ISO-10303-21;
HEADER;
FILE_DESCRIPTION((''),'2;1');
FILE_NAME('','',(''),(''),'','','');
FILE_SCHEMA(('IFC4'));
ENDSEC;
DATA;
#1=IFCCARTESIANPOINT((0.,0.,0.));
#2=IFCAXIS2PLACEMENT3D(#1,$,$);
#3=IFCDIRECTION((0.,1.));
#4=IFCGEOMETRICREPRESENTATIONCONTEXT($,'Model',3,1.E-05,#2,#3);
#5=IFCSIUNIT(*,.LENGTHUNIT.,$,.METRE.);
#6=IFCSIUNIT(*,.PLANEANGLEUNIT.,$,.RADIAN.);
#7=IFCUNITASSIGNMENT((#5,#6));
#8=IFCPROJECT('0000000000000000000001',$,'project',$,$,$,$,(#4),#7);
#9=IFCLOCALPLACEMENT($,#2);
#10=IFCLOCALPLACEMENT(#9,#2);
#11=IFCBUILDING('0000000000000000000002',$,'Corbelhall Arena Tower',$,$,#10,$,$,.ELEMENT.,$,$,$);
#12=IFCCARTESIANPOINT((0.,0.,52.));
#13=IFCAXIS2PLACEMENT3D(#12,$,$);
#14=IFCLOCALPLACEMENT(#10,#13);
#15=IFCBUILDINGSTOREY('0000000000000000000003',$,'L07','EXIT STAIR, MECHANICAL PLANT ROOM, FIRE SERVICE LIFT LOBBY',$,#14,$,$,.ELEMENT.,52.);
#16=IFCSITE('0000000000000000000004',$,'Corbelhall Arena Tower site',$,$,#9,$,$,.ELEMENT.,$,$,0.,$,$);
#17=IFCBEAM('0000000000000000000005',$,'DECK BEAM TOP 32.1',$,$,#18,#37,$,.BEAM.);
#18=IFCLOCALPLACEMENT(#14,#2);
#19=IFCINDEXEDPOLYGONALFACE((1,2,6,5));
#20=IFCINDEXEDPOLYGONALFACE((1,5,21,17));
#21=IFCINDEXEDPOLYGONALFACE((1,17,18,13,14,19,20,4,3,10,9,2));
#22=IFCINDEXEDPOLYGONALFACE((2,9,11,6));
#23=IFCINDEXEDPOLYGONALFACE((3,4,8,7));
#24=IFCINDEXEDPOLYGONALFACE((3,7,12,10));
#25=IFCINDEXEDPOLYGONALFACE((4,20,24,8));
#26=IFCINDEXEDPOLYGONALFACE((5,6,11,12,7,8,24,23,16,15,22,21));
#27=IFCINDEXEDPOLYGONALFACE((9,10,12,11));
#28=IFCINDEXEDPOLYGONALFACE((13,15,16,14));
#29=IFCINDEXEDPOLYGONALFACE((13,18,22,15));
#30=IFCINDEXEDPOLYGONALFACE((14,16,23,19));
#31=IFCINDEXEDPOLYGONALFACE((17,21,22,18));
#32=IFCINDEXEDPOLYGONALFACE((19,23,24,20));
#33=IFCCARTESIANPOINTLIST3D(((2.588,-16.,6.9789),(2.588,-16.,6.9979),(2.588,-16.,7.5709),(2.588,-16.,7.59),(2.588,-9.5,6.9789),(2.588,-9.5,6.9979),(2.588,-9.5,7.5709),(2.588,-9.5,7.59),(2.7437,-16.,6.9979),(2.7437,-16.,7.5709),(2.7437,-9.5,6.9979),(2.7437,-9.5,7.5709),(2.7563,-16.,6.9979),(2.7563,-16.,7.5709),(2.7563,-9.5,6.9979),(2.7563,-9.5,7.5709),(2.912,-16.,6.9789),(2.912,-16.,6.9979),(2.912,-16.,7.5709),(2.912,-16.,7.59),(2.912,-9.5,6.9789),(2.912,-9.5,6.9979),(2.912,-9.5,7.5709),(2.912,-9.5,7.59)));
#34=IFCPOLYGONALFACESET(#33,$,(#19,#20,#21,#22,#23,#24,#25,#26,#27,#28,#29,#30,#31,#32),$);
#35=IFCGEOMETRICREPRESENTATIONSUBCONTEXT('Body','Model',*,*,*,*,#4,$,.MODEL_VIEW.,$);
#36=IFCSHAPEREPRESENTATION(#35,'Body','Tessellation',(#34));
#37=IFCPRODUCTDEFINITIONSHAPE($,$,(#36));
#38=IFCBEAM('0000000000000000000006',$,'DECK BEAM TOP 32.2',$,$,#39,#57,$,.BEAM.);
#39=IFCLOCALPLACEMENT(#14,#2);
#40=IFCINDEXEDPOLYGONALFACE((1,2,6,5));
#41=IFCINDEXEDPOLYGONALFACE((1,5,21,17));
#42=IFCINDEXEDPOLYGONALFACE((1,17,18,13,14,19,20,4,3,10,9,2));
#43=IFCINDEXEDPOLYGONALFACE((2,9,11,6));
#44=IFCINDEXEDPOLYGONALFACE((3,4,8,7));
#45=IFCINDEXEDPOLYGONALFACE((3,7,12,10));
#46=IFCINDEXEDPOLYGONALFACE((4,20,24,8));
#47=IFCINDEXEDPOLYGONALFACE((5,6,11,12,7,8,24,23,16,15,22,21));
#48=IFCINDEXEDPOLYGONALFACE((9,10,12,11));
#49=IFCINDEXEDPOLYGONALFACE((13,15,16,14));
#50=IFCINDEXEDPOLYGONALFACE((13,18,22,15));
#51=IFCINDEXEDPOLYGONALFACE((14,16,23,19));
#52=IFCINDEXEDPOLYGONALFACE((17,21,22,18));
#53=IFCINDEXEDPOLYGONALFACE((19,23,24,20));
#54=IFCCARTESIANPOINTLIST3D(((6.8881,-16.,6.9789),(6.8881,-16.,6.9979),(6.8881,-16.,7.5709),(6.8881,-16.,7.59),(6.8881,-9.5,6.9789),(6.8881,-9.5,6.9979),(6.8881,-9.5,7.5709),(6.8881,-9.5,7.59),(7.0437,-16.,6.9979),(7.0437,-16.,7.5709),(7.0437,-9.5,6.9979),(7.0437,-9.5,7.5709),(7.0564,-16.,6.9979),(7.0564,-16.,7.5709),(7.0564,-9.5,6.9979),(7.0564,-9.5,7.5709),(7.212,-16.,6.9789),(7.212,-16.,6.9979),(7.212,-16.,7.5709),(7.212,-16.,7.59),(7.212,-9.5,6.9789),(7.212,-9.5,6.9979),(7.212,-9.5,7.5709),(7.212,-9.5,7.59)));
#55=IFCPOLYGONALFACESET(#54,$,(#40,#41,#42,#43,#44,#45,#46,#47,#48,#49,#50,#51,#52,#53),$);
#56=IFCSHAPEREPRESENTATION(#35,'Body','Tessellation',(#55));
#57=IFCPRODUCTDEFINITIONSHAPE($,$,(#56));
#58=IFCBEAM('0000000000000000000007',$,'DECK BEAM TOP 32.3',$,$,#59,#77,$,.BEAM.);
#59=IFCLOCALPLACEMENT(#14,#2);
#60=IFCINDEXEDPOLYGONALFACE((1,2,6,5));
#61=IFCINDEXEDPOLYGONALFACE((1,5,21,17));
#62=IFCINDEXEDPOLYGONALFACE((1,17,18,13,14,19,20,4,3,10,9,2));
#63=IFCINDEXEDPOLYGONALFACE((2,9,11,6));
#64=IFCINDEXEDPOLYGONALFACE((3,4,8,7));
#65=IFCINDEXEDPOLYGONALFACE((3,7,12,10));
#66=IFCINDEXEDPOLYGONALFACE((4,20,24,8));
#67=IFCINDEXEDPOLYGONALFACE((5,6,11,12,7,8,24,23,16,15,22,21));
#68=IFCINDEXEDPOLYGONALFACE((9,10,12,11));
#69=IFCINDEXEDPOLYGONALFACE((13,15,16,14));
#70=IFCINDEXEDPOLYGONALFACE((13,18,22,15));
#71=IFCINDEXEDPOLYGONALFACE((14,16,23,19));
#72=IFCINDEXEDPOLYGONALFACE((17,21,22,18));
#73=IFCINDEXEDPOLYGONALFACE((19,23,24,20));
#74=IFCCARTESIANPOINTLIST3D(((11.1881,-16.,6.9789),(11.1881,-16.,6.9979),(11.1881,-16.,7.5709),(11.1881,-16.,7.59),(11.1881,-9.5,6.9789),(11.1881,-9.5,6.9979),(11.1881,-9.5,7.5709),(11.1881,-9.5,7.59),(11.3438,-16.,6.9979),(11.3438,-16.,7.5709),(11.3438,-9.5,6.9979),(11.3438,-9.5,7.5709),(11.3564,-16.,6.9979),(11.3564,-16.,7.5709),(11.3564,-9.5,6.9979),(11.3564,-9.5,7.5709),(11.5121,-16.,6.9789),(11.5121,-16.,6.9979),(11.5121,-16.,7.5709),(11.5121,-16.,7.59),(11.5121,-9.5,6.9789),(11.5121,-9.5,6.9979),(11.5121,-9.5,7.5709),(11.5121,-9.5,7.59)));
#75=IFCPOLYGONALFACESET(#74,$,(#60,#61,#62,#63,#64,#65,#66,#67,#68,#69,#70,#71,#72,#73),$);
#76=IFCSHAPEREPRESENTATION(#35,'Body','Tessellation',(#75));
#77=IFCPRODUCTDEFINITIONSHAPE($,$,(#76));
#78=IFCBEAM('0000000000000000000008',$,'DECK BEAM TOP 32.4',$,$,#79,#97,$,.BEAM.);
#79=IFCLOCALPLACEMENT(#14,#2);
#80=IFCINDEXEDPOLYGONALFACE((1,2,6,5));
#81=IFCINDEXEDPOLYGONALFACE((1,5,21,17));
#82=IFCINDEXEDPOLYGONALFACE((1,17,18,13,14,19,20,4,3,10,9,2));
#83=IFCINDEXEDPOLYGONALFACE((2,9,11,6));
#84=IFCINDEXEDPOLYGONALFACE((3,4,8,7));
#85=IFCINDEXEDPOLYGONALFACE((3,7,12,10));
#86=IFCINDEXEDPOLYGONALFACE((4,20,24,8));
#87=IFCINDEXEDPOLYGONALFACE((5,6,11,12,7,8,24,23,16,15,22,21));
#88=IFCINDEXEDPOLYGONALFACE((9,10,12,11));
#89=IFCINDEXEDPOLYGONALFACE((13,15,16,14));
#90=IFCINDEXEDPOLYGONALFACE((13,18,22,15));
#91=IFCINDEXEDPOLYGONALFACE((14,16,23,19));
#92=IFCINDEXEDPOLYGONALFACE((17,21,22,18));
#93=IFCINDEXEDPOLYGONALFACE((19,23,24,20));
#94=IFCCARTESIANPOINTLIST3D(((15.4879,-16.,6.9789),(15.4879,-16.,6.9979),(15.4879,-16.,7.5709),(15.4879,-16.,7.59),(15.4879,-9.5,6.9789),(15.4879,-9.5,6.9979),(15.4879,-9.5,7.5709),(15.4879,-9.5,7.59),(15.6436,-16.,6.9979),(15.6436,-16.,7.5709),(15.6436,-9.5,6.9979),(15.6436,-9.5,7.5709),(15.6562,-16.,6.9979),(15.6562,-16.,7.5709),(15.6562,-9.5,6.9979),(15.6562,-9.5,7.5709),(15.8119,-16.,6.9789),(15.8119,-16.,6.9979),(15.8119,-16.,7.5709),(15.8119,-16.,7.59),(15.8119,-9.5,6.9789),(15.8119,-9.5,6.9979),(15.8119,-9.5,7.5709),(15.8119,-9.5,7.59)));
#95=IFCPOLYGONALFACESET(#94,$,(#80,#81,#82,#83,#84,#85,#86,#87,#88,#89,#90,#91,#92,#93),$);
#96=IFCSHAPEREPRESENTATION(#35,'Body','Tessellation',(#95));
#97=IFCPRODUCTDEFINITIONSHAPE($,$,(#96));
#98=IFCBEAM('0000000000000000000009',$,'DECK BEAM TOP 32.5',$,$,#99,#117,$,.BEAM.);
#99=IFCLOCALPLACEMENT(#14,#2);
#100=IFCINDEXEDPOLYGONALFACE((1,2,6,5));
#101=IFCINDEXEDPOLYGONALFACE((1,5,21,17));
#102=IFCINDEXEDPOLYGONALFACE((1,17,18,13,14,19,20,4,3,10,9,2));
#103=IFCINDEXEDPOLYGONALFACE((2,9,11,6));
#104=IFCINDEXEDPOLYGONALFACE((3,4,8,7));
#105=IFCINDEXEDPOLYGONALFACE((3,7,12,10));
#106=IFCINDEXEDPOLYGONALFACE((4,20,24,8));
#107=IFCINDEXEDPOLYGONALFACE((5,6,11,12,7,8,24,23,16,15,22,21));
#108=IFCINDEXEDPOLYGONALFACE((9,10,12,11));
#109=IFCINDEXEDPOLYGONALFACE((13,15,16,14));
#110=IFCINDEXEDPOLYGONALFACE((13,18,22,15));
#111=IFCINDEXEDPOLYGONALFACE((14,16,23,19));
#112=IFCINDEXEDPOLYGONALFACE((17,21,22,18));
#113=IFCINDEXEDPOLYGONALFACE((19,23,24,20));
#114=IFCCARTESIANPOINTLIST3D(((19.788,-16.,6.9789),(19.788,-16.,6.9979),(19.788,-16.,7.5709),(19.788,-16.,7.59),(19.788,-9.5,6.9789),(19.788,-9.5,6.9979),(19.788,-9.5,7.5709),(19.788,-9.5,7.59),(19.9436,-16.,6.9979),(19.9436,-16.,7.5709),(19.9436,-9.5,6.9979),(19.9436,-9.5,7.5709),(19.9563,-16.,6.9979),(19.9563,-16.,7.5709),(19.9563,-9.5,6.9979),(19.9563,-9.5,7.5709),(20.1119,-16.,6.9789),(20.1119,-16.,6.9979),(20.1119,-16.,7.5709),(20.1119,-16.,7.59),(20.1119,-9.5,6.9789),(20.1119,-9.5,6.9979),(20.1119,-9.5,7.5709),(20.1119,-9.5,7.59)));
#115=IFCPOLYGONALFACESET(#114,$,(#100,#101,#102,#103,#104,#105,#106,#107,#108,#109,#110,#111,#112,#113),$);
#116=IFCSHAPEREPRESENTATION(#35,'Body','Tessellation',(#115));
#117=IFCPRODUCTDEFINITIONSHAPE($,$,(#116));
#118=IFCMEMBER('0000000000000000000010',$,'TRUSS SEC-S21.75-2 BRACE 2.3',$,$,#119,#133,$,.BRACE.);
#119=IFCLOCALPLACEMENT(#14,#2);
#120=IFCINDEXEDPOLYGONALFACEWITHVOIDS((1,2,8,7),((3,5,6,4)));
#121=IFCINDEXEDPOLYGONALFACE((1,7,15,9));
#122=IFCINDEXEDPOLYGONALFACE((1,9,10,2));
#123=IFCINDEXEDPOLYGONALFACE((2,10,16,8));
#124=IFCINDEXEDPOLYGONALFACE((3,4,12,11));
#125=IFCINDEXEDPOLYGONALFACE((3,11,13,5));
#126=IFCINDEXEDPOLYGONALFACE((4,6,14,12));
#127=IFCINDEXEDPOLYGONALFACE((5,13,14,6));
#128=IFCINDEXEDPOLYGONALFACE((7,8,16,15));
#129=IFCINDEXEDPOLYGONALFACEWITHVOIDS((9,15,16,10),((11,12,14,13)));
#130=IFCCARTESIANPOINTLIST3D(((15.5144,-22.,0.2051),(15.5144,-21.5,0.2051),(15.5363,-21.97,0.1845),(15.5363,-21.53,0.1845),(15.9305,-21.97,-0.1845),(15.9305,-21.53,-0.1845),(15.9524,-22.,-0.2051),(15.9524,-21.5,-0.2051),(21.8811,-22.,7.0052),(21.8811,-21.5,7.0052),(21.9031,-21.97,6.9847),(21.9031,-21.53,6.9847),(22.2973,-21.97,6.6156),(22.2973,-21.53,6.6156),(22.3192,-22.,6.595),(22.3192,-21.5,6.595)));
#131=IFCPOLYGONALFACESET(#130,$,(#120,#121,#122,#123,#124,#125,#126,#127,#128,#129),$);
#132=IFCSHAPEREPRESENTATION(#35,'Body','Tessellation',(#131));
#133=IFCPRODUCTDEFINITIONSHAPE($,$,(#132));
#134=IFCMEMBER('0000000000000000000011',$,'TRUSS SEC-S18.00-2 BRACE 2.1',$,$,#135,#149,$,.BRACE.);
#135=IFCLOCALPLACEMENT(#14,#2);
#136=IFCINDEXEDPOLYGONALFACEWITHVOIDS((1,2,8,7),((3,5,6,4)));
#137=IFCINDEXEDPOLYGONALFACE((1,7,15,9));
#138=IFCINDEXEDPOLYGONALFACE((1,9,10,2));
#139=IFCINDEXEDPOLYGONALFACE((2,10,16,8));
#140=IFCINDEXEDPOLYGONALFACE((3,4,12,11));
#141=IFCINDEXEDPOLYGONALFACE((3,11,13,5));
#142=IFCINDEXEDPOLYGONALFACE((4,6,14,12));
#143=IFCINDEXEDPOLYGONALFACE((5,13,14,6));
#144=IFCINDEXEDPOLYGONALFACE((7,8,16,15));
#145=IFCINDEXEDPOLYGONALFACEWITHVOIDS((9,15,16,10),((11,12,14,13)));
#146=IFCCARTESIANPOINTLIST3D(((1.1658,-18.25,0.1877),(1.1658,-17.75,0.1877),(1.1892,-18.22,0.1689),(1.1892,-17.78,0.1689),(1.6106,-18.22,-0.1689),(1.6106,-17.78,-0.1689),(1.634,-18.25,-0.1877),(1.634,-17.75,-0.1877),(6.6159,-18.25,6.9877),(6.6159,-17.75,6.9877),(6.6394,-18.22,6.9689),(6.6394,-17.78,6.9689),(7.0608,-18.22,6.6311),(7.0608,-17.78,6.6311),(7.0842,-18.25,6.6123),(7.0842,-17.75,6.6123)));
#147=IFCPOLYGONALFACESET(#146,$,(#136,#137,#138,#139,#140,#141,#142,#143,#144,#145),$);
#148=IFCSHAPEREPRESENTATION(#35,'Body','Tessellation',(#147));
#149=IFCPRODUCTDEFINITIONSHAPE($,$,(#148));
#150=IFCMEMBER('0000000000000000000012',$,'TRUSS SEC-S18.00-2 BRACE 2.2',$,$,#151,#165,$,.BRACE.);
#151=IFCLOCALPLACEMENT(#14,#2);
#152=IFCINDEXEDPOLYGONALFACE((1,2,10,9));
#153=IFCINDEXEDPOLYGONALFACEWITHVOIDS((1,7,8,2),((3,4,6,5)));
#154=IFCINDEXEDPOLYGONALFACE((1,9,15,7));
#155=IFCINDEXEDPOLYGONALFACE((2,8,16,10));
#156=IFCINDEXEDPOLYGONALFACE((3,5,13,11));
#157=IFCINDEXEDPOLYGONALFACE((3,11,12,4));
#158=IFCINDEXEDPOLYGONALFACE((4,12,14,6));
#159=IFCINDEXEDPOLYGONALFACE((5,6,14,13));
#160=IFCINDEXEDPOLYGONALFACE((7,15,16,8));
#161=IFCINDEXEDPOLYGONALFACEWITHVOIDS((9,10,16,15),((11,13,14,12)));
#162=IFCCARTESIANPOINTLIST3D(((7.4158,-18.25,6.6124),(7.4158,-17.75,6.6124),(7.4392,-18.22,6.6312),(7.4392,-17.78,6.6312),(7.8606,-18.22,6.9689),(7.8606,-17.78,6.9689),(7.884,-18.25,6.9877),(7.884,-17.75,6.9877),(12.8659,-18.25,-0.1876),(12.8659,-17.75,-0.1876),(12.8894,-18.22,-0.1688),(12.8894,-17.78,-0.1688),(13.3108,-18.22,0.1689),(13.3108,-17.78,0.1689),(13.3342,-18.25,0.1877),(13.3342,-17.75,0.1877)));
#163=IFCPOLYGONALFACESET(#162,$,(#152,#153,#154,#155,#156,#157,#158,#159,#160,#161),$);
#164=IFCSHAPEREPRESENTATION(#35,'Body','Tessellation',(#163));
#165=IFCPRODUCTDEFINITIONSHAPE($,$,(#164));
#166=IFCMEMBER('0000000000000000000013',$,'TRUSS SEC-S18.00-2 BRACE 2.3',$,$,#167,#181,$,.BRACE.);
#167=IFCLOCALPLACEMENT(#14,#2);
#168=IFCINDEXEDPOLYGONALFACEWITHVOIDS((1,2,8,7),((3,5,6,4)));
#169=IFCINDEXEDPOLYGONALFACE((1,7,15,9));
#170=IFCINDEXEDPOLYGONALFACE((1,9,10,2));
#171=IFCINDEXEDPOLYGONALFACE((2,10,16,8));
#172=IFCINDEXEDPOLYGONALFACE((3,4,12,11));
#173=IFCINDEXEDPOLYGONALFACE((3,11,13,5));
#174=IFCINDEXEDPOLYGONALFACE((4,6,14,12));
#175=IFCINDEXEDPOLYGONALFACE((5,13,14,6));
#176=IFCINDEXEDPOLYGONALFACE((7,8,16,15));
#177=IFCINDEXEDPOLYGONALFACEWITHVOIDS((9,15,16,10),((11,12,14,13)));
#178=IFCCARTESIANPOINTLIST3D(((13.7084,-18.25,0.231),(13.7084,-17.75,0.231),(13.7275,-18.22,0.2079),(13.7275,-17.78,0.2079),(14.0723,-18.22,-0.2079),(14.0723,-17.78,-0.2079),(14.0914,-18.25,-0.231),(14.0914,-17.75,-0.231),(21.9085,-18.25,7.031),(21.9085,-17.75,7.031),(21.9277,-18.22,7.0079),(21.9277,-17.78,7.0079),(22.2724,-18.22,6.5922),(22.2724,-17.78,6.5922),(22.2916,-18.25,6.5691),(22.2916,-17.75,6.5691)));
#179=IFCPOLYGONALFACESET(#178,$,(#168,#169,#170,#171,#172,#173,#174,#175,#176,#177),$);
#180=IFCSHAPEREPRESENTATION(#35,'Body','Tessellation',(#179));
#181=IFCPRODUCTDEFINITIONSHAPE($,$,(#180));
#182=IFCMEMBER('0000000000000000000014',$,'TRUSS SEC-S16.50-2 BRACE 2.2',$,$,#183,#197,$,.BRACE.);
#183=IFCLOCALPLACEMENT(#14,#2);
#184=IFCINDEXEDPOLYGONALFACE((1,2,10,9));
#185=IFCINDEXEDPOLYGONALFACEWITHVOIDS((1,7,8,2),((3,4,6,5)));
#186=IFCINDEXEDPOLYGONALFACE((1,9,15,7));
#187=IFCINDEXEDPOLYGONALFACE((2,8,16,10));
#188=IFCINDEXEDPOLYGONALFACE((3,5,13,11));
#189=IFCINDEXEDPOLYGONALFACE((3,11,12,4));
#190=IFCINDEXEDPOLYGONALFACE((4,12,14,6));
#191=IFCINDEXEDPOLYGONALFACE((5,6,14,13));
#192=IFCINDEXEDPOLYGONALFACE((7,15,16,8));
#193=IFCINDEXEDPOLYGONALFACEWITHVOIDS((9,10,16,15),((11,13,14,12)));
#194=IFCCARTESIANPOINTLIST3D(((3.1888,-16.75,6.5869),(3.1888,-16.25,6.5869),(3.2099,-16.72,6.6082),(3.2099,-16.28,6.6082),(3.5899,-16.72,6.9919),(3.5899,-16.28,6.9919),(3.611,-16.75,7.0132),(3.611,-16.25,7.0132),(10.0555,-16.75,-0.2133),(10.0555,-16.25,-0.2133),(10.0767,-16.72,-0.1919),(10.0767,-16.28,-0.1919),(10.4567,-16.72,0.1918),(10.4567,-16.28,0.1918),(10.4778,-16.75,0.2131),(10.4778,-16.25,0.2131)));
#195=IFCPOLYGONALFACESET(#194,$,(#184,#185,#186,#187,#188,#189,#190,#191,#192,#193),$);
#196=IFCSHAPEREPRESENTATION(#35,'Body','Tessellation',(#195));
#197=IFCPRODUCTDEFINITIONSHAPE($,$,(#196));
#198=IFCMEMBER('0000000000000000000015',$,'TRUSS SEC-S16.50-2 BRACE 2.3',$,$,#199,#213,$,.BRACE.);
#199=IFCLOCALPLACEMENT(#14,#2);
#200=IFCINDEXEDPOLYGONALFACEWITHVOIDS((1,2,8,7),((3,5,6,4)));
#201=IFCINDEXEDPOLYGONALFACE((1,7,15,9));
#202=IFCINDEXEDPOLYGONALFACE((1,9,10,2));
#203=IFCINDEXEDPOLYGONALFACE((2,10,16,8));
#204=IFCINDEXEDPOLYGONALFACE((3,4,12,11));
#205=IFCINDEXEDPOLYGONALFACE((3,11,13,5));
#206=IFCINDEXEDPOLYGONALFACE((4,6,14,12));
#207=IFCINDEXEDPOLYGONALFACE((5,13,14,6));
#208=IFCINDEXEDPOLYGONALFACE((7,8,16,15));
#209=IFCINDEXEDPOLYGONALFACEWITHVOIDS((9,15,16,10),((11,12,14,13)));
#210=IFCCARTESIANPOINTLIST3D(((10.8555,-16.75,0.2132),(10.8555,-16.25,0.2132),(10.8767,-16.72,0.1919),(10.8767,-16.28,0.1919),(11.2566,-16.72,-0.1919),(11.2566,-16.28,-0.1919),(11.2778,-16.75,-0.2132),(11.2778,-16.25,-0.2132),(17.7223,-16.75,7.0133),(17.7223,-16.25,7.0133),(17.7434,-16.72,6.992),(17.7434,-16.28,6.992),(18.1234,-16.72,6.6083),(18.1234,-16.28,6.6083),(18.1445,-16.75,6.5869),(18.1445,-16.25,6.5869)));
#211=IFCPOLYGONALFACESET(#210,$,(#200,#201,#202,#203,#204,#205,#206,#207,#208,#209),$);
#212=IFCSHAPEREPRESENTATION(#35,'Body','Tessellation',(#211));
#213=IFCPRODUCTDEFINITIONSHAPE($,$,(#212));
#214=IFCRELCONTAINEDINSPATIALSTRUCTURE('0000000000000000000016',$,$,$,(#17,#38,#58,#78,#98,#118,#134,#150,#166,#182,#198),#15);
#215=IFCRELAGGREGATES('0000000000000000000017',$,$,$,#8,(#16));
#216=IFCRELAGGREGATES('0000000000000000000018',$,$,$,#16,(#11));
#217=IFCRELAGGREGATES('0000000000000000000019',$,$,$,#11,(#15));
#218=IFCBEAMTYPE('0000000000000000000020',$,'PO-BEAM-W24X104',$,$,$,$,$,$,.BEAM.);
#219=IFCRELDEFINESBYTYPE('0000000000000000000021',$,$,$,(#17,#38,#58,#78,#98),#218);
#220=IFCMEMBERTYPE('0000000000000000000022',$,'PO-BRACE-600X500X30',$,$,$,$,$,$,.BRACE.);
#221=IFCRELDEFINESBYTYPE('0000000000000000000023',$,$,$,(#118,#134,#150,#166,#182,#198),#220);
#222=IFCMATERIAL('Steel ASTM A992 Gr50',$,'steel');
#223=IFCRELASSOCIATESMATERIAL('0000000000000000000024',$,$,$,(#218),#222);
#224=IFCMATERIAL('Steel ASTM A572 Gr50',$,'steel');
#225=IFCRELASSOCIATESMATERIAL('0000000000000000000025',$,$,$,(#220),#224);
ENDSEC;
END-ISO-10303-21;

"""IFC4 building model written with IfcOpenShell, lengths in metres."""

from ifc_helpers import new_model, si_unit, direction, frame, origin, origin_2d, place, context, subcontext, project, spatial, hollow_rectangle, i_section, extrude, material, material_profile, profile_set, type_object, element, save


model = new_model("IFC4")

# Units and contexts
model_context = context("Model", 3, precision=1e-05, world=origin(), true_north=direction((0.0, 1.0)))
body_context = subcontext(model_context, "Body", "Model", "MODEL_VIEW")
ifc_project = project(units=[si_unit("LENGTHUNIT", "METRE"), si_unit("PLANEANGLEUNIT", "RADIAN")], contexts=[model_context])

# Site, building, storey
site_placement = place(None, origin())
site = spatial("IfcSite", under=ifc_project, at=site_placement, Name="Corbelhall Arena Tower site", CompositionType="ELEMENT", RefElevation=0.0)
building_placement = place(site_placement, origin())
building = spatial("IfcBuilding", under=site, at=building_placement, Name="Corbelhall Arena Tower", CompositionType="ELEMENT")
storey_placement = place(building_placement, frame((0.0, 0.0, 52.0)))
storey = spatial("IfcBuildingStorey", under=building, at=storey_placement, Name="L07", Description="EXIT STAIR, MECHANICAL PLANT ROOM, FIRE SERVICE LIFT LOBBY", CompositionType="ELEMENT", Elevation=52.0)

# Beams
ifc_material_1 = material(Name="Steel ASTM A992 Gr50", Category="steel")
ifc_material_profile_1 = material_profile(ifc_material_1, i_section(OverallWidth=0.324, OverallDepth=0.6111, WebThickness=0.0127, FlangeThickness=0.019, at=origin_2d()))
ifc_profile_set_1 = profile_set([ifc_material_profile_1], Name="Steel ASTM A992 Gr50")
beam_type = type_object("IfcBeamType", Name="PO-BEAM-W24X104", PredefinedType="BEAM", material=ifc_profile_set_1)
for number, where, z_axis, x_axis, name in (
    (1, (2.75, -16.0, 7.2844), (0.0, 1.0, 0.0), (-1.0, 0.0, 0.0), "DECK BEAM TOP 32.1"),
    (2, (7.05, -16.0, 7.2844), (0.0, 1.0, 0.0), (-1.0, 0.0, 0.0), "DECK BEAM TOP 32.2"),
    (3, (11.3501, -16.0, 7.2844), (0.0, 1.0, 0.0), (-1.0, 0.0, 0.0), "DECK BEAM TOP 32.3"),
    (4, (15.6499, -16.0, 7.2844), (0.0, 1.0, 0.0), (-1.0, 0.0, 0.0), "DECK BEAM TOP 32.4"),
    (5, (19.95, -16.0, 7.2844), (0.0, 1.0, 0.0), (-1.0, 0.0, 0.0), "DECK BEAM TOP 32.5"),
):
    element("IfcBeam", number, at=place(storey_placement, frame(where, z_axis=z_axis, x_axis=x_axis)), inside=storey, type_object=beam_type, Name=name, PredefinedType="BEAM", context=body_context, shape_type="SweptSolid", body=[
        extrude(i_section(OverallWidth=0.324, OverallDepth=0.6111, WebThickness=0.0127, FlangeThickness=0.019, at=origin_2d()), origin(), (0.0, 0.0, 1.0), 6.5),
    ])

# Members
ifc_material_2 = material(Name="Steel ASTM A572 Gr50", Category="steel")
ifc_material_profile_2 = material_profile(ifc_material_2, hollow_rectangle(XDim=0.5, YDim=0.6001, WallThickness=0.03, at=origin_2d()))
ifc_profile_set_2 = profile_set([ifc_material_profile_2], Name="Steel ASTM A572 Gr50")
member_type_1 = type_object("IfcMemberType", Name="PO-BRACE-600X500X30", PredefinedType="BRACE", material=ifc_profile_set_2)
member_1_placement = place(storey_placement, frame((15.7334, -21.75, 0.0), z_axis=(0.683464, 0.0, 0.729984), x_axis=(0.0, 1.0, 0.0)))
element("IfcMember", 6, at=member_1_placement, inside=storey, type_object=member_type_1, Name="TRUSS SEC-S21.75-2 BRACE 2.3", PredefinedType="BRACE", context=body_context, shape_type="SweptSolid", body=[
    extrude(hollow_rectangle(XDim=0.5, YDim=0.6001, WallThickness=0.03, at=origin_2d()), origin(), (0.0, 0.0, 1.0), 9.3154),
])
for number, where, z_axis, x_axis, name in (
    (7, (1.3999, -18.0, 0.0), (0.625405, 0.0, 0.7803), (0.0, 1.0, 0.0), "TRUSS SEC-S18.00-2 BRACE 2.1"),
    (8, (7.6499, -18.0, 6.8), (0.625405, 0.0, -0.7803), (0.0, 1.0, 0.0), "TRUSS SEC-S18.00-2 BRACE 2.2"),
):
    element("IfcMember", number, at=place(storey_placement, frame(where, z_axis=z_axis, x_axis=x_axis)), inside=storey, type_object=member_type_1, Name=name, PredefinedType="BRACE", context=body_context, shape_type="SweptSolid", body=[
        extrude(hollow_rectangle(XDim=0.5, YDim=0.6001, WallThickness=0.03, at=origin_2d()), origin(), (0.0, 0.0, 1.0), 8.7146),
    ])
member_2_placement = place(storey_placement, frame((13.8999, -18.0, 0.0), z_axis=(0.769763, 0.0, 0.63833), x_axis=(0.0, 1.0, 0.0)))
element("IfcMember", 9, at=member_2_placement, inside=storey, type_object=member_type_1, Name="TRUSS SEC-S18.00-2 BRACE 2.3", PredefinedType="BRACE", context=body_context, shape_type="SweptSolid", body=[
    extrude(hollow_rectangle(XDim=0.5, YDim=0.6001, WallThickness=0.03, at=origin_2d()), origin(), (0.0, 0.0, 1.0), 10.6528),
])
for number, where, z_axis, x_axis, name in (
    (10, (3.3999, -16.5, 6.8), (0.710547, 0.0, -0.70365), (0.0, 1.0, 0.0), "TRUSS SEC-S16.50-2 BRACE 2.2"),
    (11, (11.0667, -16.5, 0.0), (0.710547, 0.0, 0.70365), (0.0, 1.0, 0.0), "TRUSS SEC-S16.50-2 BRACE 2.3"),
):
    element("IfcMember", number, at=place(storey_placement, frame(where, z_axis=z_axis, x_axis=x_axis)), inside=storey, type_object=member_type_1, Name=name, PredefinedType="BRACE", context=body_context, shape_type="SweptSolid", body=[
        extrude(hollow_rectangle(XDim=0.5, YDim=0.6001, WallThickness=0.03, at=origin_2d()), origin(), (0.0, 0.0, 1.0), 9.6641),
    ])

save(model, "model.ifc")
